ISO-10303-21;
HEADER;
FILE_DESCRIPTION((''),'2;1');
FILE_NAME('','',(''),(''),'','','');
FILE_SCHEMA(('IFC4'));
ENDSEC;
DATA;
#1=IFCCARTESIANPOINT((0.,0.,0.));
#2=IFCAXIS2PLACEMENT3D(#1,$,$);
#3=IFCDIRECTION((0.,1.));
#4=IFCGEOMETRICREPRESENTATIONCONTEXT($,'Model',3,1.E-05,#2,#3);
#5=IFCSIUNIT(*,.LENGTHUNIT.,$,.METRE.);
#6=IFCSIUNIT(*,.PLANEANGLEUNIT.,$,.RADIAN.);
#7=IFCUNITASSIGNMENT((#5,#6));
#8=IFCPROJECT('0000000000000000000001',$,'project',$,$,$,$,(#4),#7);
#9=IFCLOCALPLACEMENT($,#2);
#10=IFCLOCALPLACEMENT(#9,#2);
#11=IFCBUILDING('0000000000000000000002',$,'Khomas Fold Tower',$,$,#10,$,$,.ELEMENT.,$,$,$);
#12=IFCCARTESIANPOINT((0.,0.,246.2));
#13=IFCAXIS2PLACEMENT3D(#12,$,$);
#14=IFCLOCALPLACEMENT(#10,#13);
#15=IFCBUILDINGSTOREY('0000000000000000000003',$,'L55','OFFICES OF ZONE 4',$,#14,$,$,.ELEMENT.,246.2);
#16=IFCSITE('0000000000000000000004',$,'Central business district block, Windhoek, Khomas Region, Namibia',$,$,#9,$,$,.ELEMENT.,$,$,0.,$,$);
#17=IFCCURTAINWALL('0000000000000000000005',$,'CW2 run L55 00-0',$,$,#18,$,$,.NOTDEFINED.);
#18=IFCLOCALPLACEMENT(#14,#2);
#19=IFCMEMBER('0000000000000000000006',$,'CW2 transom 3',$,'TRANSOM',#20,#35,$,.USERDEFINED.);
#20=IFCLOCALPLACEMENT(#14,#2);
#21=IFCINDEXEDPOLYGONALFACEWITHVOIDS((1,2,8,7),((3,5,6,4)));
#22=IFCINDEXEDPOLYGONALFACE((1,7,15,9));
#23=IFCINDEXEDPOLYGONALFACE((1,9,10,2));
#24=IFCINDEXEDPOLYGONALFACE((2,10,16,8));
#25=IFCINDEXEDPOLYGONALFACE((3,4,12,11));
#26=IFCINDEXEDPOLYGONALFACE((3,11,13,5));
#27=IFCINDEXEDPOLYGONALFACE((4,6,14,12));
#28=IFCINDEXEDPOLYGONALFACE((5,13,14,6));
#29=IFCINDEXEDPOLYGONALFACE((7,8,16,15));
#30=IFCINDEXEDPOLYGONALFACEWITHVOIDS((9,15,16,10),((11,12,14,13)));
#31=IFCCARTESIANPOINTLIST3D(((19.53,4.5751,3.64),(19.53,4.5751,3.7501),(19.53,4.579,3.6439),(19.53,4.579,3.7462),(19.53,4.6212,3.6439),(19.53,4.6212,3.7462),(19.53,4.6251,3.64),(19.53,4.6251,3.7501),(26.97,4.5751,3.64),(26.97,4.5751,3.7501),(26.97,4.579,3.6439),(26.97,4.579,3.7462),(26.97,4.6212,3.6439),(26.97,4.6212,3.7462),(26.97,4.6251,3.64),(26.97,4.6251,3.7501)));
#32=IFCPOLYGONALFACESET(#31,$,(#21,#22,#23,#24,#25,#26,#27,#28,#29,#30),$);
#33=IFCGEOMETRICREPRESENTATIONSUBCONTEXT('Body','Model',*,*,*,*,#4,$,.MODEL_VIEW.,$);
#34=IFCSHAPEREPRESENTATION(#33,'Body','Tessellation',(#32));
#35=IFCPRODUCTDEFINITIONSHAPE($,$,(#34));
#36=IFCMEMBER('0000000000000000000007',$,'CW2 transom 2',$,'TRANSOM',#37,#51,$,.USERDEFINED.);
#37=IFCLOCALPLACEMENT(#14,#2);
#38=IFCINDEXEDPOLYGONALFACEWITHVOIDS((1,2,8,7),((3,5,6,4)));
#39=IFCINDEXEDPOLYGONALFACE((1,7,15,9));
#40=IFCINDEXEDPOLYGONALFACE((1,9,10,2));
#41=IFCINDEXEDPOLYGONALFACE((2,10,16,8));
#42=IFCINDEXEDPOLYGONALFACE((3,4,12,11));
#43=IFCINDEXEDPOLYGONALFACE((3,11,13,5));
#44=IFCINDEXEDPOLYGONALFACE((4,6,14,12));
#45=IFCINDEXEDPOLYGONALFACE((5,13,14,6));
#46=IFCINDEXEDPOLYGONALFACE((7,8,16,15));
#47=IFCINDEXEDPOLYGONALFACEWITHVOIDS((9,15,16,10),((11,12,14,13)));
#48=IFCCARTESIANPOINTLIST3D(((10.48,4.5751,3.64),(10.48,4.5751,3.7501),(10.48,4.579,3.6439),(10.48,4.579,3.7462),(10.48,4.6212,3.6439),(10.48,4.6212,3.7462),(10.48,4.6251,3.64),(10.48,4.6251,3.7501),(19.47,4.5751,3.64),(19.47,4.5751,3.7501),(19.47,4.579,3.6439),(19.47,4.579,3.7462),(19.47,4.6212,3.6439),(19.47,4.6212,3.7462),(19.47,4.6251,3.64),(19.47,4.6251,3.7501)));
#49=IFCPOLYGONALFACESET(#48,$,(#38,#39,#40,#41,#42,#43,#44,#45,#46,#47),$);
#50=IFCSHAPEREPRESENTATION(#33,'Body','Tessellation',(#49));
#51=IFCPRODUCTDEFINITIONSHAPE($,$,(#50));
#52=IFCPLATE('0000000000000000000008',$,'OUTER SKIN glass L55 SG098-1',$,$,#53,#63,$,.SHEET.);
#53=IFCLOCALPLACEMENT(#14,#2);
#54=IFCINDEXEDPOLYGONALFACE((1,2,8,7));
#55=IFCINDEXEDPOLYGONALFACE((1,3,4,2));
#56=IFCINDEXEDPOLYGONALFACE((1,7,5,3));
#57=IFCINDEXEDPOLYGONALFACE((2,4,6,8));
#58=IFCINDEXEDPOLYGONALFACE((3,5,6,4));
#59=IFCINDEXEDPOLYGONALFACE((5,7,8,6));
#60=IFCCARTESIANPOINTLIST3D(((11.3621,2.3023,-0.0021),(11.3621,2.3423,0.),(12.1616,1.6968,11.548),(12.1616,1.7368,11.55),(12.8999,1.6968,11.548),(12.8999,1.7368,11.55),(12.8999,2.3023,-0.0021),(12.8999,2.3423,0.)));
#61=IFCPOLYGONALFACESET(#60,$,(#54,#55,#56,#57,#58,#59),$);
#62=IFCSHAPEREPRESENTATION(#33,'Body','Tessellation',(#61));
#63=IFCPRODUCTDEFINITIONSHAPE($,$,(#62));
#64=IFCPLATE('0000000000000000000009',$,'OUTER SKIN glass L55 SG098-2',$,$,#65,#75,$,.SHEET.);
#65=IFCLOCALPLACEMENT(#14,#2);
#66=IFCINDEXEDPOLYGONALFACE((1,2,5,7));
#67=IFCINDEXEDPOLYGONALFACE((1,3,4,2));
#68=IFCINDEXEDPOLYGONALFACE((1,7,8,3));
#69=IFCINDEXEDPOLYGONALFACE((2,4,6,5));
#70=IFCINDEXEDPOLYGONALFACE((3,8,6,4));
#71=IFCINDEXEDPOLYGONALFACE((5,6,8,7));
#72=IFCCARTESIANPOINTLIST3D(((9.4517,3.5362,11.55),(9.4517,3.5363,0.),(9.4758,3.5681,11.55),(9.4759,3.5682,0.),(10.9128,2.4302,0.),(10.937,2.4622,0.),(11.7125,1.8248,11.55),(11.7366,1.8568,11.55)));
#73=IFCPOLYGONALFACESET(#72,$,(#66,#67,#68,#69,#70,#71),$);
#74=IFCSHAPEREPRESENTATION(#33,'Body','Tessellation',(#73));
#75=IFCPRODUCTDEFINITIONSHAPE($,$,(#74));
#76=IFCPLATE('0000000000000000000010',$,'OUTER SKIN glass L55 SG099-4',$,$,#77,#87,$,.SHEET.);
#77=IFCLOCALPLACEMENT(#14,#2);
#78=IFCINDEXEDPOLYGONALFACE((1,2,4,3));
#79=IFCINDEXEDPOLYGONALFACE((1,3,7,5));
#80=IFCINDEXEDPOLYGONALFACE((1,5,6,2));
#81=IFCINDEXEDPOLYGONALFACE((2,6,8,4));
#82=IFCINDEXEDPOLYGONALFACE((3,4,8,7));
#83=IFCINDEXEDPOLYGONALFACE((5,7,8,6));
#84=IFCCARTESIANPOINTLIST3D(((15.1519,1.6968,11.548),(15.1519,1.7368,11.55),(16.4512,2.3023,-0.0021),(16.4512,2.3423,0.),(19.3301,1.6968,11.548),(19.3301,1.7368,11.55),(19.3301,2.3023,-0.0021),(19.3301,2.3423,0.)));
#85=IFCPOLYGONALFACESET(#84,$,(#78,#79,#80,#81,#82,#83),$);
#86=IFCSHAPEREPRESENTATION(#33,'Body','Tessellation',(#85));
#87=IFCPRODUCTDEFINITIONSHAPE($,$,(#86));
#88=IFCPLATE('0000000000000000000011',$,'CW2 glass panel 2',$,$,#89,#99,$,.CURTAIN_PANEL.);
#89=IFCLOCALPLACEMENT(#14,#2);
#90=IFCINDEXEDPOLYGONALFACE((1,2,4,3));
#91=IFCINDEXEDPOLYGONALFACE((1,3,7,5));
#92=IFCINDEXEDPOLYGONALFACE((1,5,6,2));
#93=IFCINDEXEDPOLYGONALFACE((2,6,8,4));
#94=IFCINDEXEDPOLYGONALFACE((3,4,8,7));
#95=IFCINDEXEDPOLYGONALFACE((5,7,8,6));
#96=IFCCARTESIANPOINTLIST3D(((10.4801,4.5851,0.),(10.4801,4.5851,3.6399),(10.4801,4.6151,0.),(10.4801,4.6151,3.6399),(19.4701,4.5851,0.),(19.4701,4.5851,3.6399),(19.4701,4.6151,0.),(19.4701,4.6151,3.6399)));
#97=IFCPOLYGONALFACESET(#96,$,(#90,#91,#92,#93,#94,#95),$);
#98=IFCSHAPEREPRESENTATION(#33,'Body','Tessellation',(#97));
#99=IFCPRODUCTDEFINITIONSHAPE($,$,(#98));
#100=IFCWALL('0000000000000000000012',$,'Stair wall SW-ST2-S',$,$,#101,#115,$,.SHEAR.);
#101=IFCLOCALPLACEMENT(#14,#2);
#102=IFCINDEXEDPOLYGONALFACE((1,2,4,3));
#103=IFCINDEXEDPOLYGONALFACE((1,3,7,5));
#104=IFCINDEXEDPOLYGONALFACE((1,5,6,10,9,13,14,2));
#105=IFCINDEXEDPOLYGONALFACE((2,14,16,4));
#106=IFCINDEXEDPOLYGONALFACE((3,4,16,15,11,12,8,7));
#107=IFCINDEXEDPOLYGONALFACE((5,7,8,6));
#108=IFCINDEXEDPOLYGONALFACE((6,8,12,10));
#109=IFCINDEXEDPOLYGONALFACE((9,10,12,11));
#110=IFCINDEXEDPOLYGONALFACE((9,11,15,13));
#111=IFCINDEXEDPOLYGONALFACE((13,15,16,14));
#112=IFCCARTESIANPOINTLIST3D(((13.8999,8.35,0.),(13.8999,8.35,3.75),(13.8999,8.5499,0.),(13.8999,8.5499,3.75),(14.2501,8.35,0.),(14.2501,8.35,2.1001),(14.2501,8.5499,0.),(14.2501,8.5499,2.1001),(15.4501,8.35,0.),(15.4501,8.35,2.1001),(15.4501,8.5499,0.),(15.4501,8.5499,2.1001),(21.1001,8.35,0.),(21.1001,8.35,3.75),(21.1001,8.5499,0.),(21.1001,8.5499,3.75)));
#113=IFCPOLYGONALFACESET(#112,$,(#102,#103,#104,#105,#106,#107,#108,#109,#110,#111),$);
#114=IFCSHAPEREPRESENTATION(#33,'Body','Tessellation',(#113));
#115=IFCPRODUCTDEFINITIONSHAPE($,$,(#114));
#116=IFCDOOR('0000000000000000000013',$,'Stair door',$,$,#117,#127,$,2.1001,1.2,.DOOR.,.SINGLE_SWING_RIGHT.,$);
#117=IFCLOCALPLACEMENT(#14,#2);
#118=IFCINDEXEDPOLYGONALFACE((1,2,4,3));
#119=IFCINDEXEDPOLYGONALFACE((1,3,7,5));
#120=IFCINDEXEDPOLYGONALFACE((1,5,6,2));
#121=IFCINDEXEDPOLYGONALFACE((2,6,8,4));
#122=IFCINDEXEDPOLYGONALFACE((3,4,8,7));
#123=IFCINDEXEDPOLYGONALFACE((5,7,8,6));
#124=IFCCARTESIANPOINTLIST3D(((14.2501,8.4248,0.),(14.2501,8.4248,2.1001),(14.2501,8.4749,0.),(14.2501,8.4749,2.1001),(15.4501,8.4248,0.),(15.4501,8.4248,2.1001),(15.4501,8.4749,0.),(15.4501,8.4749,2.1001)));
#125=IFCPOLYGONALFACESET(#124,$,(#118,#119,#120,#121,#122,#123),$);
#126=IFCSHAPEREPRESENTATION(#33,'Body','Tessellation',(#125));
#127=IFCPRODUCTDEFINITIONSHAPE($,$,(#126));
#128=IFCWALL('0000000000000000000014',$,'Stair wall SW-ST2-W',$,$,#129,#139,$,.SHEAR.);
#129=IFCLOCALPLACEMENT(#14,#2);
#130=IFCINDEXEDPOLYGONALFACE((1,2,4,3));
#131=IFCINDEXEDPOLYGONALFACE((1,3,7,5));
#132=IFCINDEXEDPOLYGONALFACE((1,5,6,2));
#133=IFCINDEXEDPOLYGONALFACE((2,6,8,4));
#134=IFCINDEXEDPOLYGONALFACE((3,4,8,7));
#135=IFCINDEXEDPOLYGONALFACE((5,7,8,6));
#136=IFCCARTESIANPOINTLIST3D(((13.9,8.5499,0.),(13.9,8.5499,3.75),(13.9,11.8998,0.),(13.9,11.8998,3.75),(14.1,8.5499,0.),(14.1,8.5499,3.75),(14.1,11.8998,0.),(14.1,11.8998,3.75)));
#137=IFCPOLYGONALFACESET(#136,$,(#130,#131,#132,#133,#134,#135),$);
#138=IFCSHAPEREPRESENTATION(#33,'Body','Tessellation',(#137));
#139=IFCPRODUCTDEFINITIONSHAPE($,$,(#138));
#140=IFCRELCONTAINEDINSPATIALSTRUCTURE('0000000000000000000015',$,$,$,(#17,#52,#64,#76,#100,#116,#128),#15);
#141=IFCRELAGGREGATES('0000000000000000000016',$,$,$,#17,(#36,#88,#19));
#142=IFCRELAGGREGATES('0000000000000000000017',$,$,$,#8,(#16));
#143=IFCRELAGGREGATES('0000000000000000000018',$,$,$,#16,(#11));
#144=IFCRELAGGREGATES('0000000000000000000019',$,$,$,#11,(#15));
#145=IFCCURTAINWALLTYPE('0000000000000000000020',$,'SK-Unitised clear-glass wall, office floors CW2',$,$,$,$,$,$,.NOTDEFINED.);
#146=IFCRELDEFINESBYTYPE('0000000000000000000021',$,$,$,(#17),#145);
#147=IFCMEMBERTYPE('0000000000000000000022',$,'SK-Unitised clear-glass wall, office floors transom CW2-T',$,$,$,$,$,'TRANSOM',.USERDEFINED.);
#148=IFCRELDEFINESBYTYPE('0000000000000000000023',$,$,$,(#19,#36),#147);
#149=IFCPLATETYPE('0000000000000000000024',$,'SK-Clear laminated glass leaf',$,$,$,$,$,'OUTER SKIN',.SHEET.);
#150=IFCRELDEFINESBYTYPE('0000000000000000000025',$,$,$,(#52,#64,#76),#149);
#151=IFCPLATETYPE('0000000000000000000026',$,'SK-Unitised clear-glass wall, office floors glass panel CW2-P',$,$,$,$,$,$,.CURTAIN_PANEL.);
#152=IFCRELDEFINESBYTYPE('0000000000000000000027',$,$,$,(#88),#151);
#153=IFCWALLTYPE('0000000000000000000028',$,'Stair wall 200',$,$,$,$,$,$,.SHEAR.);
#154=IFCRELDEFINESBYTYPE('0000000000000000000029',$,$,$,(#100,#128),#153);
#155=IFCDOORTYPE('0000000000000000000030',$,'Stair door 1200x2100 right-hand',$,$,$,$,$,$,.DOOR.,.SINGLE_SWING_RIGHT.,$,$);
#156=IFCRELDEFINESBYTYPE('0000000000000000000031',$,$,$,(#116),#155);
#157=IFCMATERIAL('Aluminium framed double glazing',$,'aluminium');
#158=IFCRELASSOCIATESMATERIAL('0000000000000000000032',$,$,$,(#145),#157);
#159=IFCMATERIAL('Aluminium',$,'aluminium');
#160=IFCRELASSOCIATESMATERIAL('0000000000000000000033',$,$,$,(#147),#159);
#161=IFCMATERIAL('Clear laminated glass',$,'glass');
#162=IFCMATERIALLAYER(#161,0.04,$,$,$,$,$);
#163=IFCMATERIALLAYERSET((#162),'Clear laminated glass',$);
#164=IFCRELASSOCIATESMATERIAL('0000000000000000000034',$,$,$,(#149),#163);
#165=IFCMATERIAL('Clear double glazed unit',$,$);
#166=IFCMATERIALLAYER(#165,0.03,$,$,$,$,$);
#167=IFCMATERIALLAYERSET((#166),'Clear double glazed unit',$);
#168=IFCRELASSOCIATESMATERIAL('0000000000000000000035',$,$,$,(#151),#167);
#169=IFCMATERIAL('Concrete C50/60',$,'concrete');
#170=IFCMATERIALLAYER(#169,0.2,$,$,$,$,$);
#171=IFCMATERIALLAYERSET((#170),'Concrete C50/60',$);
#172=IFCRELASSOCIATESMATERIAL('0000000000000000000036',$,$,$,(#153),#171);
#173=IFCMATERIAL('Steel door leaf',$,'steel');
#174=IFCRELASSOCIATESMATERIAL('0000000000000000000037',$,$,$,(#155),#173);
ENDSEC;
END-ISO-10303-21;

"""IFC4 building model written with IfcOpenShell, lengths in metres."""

from ifc_helpers import new_model, si_unit, direction, frame, frame_2d, origin, origin_2d, place, context, subcontext, project, spatial, polyline, rectangle, hollow_rectangle, outline, extrude, source, transform, mapped, material, layer, layer_set, material_profile, profile_set, type_object, element, fill, aggregate, save


model = new_model("IFC4")

# Units and contexts
model_context = context("Model", 3, precision=1e-05, world=origin(), true_north=direction((0.0, 1.0)))
body_context = subcontext(model_context, "Body", "Model", "MODEL_VIEW")
ifc_project = project(units=[si_unit("LENGTHUNIT", "METRE"), si_unit("PLANEANGLEUNIT", "RADIAN")], contexts=[model_context])

# Site, building, storey
site_placement = place(None, origin())
site = spatial("IfcSite", under=ifc_project, at=site_placement, Name="Central business district block, Windhoek, Khomas Region, Namibia", CompositionType="ELEMENT", RefElevation=0.0)
building_placement = place(site_placement, origin())
building = spatial("IfcBuilding", under=site, at=building_placement, Name="Khomas Fold Tower", CompositionType="ELEMENT")
storey_placement = place(building_placement, frame((0.0, 0.0, 246.2)))
storey = spatial("IfcBuildingStorey", under=building, at=storey_placement, Name="L55", Description="OFFICES OF ZONE 4", CompositionType="ELEMENT", Elevation=246.2)

# Curtain wall, members
ifc_material_1 = material(Name="Aluminium framed double glazing", Category="aluminium")
curtain_wall_type = type_object("IfcCurtainWallType", Name="SK-Unitised clear-glass wall, office floors CW2", PredefinedType="NOTDEFINED", material=ifc_material_1)
curtain_wall_placement = place(storey_placement, origin())
curtain_wall = element("IfcCurtainWall", 1, at=curtain_wall_placement, inside=storey, type_object=curtain_wall_type, Name="CW2 run L55 00-0", PredefinedType="NOTDEFINED")
ifc_material_2 = material(Name="Aluminium", Category="aluminium")
ifc_material_profile_1 = material_profile(ifc_material_2, hollow_rectangle(XDim=0.05, YDim=0.1101, WallThickness=0.0039, at=origin_2d()), Name="SK-Unitised clear-glass wall, office floors transom CW2-T")
ifc_profile_set_1 = profile_set([ifc_material_profile_1], Name="Aluminium")
member_type_1 = type_object("IfcMemberType", Name="SK-Unitised clear-glass wall, office floors transom CW2-T", ElementType="TRANSOM", PredefinedType="USERDEFINED", material=ifc_profile_set_1)
shared_shape_1 = source(origin(), body_context, "Body", "SweptSolid", [
    extrude(hollow_rectangle(XDim=0.05, YDim=0.1101, WallThickness=0.0039, at=origin_2d()), origin(), (0.0, 0.0, 1.0), 7.4399),
])
member_1_placement = place(storey_placement, frame((19.53, 4.6001, 3.6951), z_axis=(1.0, 0.0, 0.0), x_axis=(0.0, 1.0, 0.0)))
member_1 = element("IfcMember", 2, at=member_1_placement, type_object=member_type_1, Name="CW2 transom 3", ObjectType="TRANSOM", PredefinedType="USERDEFINED", context=body_context, shape_type="MappedRepresentation", body=[
    mapped(shared_shape_1, transform((0.0, 0.0, 0.0))),
])
shared_shape_2 = source(origin(), body_context, "Body", "SweptSolid", [
    extrude(hollow_rectangle(XDim=0.05, YDim=0.1101, WallThickness=0.0039, at=origin_2d()), origin(), (0.0, 0.0, 1.0), 8.99),
])
member_2_placement = place(storey_placement, frame((10.48, 4.6001, 3.6951), z_axis=(1.0, 0.0, 0.0), x_axis=(0.0, 1.0, 0.0)))
member_2 = element("IfcMember", 3, at=member_2_placement, type_object=member_type_1, Name="CW2 transom 2", ObjectType="TRANSOM", PredefinedType="USERDEFINED", context=body_context, shape_type="MappedRepresentation", body=[
    mapped(shared_shape_2, transform((0.0, 0.0, 0.0))),
])

# Plates
ifc_material_3 = material(Name="Clear laminated glass", Category="glass")
ifc_layer_1 = layer(ifc_material_3, 0.04)
ifc_layer_set_1 = layer_set([ifc_layer_1], Name="Clear laminated glass")
plate_type_1 = type_object("IfcPlateType", Name="SK-Clear laminated glass leaf", ElementType="OUTER SKIN", PredefinedType="SHEET", material=ifc_layer_set_1)
plate_1_placement = place(storey_placement, frame((12.8999, 2.3423, 0.0), z_axis=(0.0, 0.998629, 0.052349), x_axis=(-1.0, 0.0, 0.0)))
element("IfcPlate", 4, at=plate_1_placement, inside=storey, type_object=plate_type_1, Name="OUTER SKIN glass L55 SG098-1", PredefinedType="SHEET", context=body_context, shape_type="SweptSolid", body=[
    extrude(outline(polyline([(0.0, 0.0), (1.5378, 0.0), (0.7383, 11.5659), (0.0, 11.5659), (0.0, 0.0)])), origin(), (0.0, 0.0, -1.0), 0.04),
])
plate_2_placement = place(storey_placement, frame((10.937, 2.4622, 0.0), z_axis=(0.603551, 0.797325, 0.000008), x_axis=(-0.797325, 0.603551, 0.0)))
element("IfcPlate", 5, at=plate_2_placement, inside=storey, type_object=plate_type_1, Name="OUTER SKIN glass L55 SG098-2", PredefinedType="SHEET", context=body_context, shape_type="SweptSolid", body=[
    extrude(outline(polyline([(0.0, 0.0), (1.8325, 0.0), (1.8325, 11.55), (-1.0029, 11.55), (0.0, 0.0)])), origin(), (0.0, 0.0, -1.0), 0.04),
])
plate_3_placement = place(storey_placement, frame((16.4512, 2.3423, 0.0), z_axis=(0.0, 0.998629, 0.052349), x_axis=(-0.111638, -0.052022, 0.992386)))
element("IfcPlate", 6, at=plate_3_placement, inside=storey, type_object=plate_type_1, Name="OUTER SKIN glass L55 SG099-4", PredefinedType="SHEET", context=body_context, shape_type="SweptSolid", body=[
    extrude(outline(polyline([(0.0, 0.0), (11.6387, 0.0), (11.1722, 4.1521), (-0.3214, 2.8609), (0.0, 0.0)])), origin(), (0.0, 0.0, -1.0), 0.04),
])

# Plate
ifc_material_4 = material(Name="Clear double glazed unit")
ifc_layer_2 = layer(ifc_material_4, 0.03)
ifc_layer_set_2 = layer_set([ifc_layer_2], Name="Clear double glazed unit")
plate_type_2 = type_object("IfcPlateType", Name="SK-Unitised clear-glass wall, office floors glass panel CW2-P", PredefinedType="CURTAIN_PANEL", material=ifc_layer_set_2)
shared_shape_3 = source(origin(), body_context, "Body", "SweptSolid", [
    extrude(rectangle(XDim=8.99, YDim=0.03, at=origin_2d()), origin(), (0.0, 0.0, 1.0), 3.6399),
])
plate_4_placement = place(storey_placement, frame((14.9751, 4.6001, 0.0), z_axis=(0.0, 0.0, 1.0), x_axis=(1.0, 0.0, 0.0)))
plate_4 = element("IfcPlate", 7, at=plate_4_placement, type_object=plate_type_2, Name="CW2 glass panel 2", PredefinedType="CURTAIN_PANEL", context=body_context, shape_type="MappedRepresentation", body=[
    mapped(shared_shape_3, transform((0.0, 0.0, 0.0))),
])
aggregate(curtain_wall, [member_2, plate_4, member_1])

# Wall, opening, door
ifc_material_5 = material(Name="Concrete C50/60", Category="concrete")
ifc_layer_3 = layer(ifc_material_5, 0.2)
ifc_layer_set_3 = layer_set([ifc_layer_3], Name="Concrete C50/60")
wall_type = type_object("IfcWallType", Name="Stair wall 200", PredefinedType="SHEAR", material=ifc_layer_set_3)
shared_shape_4 = source(origin(), body_context, "Body", "SweptSolid", [
    extrude(rectangle(XDim=7.2002, YDim=0.2, at=frame_2d((3.6001, 0.0))), origin(), (0.0, 0.0, 1.0), 3.75),
])
wall_1_placement = place(storey_placement, frame((13.8999, 8.45, 0.0), z_axis=(0.0, 0.0, 1.0), x_axis=(1.0, 0.0, 0.0)))
wall_1 = element("IfcWall", 8, at=wall_1_placement, inside=storey, type_object=wall_type, Name="Stair wall SW-ST2-S", PredefinedType="SHEAR", context=body_context, shape_type="MappedRepresentation", body=[
    mapped(shared_shape_4, transform((0.0, 0.0, 0.0))),
])
shared_shape_5 = source(origin(), body_context, "Body", "SweptSolid", [
    extrude(rectangle(XDim=1.2, YDim=2.1001, at=frame_2d((0.6001, 1.05))), frame((0.0, 0.1099, 0.0), z_axis=(0.0, -1.0, 0.0), x_axis=(1.0, 0.0, 0.0)), (0.0, 0.0, 1.0), 0.22),
])
opening_placement = place(wall_1_placement, frame((0.3501, 0.0, 0.0)))
opening = element("IfcOpeningElement", 9, at=opening_placement, cuts=wall_1, PredefinedType="OPENING", context=body_context, shape_type="MappedRepresentation", body=[
    mapped(shared_shape_5, transform((0.0, 0.0, 0.0))),
])
ifc_material_6 = material(Name="Steel door leaf", Category="steel")
door_type = type_object("IfcDoorType", Name="Stair door 1200x2100 right-hand", OperationType="SINGLE_SWING_RIGHT", PredefinedType="DOOR", material=ifc_material_6)
shared_shape_6 = source(origin(), body_context, "Body", "SweptSolid", [
    extrude(rectangle(XDim=1.2, YDim=2.1001, at=frame_2d((0.6001, 1.05))), frame((0.0, 0.0249, 0.0), z_axis=(0.0, -1.0, 0.0), x_axis=(1.0, 0.0, 0.0)), (0.0, 0.0, 1.0), 0.05),
])
door_placement = place(opening_placement, origin())
door = element("IfcDoor", 10, at=door_placement, inside=storey, type_object=door_type, Name="Stair door", OperationType="SINGLE_SWING_RIGHT", OverallHeight=2.1001, OverallWidth=1.2, PredefinedType="DOOR", context=body_context, shape_type="MappedRepresentation", body=[
    mapped(shared_shape_6, transform((0.0, 0.0, 0.0))),
])
fill(opening, door)

# Wall
shared_shape_7 = source(origin(), body_context, "Body", "SweptSolid", [
    extrude(rectangle(XDim=3.3499, YDim=0.2, at=frame_2d((1.6748, 0.0))), origin(), (0.0, 0.0, 1.0), 3.75),
])
wall_2_placement = place(storey_placement, frame((14.0, 8.55, 0.0), z_axis=(0.0, 0.0, 1.0), x_axis=(0.0, 1.0, 0.0)))
element("IfcWall", 11, at=wall_2_placement, inside=storey, type_object=wall_type, Name="Stair wall SW-ST2-W", PredefinedType="SHEAR", context=body_context, shape_type="MappedRepresentation", body=[
    mapped(shared_shape_7, transform((0.0, 0.0, 0.0))),
])

save(model, "model.ifc")
